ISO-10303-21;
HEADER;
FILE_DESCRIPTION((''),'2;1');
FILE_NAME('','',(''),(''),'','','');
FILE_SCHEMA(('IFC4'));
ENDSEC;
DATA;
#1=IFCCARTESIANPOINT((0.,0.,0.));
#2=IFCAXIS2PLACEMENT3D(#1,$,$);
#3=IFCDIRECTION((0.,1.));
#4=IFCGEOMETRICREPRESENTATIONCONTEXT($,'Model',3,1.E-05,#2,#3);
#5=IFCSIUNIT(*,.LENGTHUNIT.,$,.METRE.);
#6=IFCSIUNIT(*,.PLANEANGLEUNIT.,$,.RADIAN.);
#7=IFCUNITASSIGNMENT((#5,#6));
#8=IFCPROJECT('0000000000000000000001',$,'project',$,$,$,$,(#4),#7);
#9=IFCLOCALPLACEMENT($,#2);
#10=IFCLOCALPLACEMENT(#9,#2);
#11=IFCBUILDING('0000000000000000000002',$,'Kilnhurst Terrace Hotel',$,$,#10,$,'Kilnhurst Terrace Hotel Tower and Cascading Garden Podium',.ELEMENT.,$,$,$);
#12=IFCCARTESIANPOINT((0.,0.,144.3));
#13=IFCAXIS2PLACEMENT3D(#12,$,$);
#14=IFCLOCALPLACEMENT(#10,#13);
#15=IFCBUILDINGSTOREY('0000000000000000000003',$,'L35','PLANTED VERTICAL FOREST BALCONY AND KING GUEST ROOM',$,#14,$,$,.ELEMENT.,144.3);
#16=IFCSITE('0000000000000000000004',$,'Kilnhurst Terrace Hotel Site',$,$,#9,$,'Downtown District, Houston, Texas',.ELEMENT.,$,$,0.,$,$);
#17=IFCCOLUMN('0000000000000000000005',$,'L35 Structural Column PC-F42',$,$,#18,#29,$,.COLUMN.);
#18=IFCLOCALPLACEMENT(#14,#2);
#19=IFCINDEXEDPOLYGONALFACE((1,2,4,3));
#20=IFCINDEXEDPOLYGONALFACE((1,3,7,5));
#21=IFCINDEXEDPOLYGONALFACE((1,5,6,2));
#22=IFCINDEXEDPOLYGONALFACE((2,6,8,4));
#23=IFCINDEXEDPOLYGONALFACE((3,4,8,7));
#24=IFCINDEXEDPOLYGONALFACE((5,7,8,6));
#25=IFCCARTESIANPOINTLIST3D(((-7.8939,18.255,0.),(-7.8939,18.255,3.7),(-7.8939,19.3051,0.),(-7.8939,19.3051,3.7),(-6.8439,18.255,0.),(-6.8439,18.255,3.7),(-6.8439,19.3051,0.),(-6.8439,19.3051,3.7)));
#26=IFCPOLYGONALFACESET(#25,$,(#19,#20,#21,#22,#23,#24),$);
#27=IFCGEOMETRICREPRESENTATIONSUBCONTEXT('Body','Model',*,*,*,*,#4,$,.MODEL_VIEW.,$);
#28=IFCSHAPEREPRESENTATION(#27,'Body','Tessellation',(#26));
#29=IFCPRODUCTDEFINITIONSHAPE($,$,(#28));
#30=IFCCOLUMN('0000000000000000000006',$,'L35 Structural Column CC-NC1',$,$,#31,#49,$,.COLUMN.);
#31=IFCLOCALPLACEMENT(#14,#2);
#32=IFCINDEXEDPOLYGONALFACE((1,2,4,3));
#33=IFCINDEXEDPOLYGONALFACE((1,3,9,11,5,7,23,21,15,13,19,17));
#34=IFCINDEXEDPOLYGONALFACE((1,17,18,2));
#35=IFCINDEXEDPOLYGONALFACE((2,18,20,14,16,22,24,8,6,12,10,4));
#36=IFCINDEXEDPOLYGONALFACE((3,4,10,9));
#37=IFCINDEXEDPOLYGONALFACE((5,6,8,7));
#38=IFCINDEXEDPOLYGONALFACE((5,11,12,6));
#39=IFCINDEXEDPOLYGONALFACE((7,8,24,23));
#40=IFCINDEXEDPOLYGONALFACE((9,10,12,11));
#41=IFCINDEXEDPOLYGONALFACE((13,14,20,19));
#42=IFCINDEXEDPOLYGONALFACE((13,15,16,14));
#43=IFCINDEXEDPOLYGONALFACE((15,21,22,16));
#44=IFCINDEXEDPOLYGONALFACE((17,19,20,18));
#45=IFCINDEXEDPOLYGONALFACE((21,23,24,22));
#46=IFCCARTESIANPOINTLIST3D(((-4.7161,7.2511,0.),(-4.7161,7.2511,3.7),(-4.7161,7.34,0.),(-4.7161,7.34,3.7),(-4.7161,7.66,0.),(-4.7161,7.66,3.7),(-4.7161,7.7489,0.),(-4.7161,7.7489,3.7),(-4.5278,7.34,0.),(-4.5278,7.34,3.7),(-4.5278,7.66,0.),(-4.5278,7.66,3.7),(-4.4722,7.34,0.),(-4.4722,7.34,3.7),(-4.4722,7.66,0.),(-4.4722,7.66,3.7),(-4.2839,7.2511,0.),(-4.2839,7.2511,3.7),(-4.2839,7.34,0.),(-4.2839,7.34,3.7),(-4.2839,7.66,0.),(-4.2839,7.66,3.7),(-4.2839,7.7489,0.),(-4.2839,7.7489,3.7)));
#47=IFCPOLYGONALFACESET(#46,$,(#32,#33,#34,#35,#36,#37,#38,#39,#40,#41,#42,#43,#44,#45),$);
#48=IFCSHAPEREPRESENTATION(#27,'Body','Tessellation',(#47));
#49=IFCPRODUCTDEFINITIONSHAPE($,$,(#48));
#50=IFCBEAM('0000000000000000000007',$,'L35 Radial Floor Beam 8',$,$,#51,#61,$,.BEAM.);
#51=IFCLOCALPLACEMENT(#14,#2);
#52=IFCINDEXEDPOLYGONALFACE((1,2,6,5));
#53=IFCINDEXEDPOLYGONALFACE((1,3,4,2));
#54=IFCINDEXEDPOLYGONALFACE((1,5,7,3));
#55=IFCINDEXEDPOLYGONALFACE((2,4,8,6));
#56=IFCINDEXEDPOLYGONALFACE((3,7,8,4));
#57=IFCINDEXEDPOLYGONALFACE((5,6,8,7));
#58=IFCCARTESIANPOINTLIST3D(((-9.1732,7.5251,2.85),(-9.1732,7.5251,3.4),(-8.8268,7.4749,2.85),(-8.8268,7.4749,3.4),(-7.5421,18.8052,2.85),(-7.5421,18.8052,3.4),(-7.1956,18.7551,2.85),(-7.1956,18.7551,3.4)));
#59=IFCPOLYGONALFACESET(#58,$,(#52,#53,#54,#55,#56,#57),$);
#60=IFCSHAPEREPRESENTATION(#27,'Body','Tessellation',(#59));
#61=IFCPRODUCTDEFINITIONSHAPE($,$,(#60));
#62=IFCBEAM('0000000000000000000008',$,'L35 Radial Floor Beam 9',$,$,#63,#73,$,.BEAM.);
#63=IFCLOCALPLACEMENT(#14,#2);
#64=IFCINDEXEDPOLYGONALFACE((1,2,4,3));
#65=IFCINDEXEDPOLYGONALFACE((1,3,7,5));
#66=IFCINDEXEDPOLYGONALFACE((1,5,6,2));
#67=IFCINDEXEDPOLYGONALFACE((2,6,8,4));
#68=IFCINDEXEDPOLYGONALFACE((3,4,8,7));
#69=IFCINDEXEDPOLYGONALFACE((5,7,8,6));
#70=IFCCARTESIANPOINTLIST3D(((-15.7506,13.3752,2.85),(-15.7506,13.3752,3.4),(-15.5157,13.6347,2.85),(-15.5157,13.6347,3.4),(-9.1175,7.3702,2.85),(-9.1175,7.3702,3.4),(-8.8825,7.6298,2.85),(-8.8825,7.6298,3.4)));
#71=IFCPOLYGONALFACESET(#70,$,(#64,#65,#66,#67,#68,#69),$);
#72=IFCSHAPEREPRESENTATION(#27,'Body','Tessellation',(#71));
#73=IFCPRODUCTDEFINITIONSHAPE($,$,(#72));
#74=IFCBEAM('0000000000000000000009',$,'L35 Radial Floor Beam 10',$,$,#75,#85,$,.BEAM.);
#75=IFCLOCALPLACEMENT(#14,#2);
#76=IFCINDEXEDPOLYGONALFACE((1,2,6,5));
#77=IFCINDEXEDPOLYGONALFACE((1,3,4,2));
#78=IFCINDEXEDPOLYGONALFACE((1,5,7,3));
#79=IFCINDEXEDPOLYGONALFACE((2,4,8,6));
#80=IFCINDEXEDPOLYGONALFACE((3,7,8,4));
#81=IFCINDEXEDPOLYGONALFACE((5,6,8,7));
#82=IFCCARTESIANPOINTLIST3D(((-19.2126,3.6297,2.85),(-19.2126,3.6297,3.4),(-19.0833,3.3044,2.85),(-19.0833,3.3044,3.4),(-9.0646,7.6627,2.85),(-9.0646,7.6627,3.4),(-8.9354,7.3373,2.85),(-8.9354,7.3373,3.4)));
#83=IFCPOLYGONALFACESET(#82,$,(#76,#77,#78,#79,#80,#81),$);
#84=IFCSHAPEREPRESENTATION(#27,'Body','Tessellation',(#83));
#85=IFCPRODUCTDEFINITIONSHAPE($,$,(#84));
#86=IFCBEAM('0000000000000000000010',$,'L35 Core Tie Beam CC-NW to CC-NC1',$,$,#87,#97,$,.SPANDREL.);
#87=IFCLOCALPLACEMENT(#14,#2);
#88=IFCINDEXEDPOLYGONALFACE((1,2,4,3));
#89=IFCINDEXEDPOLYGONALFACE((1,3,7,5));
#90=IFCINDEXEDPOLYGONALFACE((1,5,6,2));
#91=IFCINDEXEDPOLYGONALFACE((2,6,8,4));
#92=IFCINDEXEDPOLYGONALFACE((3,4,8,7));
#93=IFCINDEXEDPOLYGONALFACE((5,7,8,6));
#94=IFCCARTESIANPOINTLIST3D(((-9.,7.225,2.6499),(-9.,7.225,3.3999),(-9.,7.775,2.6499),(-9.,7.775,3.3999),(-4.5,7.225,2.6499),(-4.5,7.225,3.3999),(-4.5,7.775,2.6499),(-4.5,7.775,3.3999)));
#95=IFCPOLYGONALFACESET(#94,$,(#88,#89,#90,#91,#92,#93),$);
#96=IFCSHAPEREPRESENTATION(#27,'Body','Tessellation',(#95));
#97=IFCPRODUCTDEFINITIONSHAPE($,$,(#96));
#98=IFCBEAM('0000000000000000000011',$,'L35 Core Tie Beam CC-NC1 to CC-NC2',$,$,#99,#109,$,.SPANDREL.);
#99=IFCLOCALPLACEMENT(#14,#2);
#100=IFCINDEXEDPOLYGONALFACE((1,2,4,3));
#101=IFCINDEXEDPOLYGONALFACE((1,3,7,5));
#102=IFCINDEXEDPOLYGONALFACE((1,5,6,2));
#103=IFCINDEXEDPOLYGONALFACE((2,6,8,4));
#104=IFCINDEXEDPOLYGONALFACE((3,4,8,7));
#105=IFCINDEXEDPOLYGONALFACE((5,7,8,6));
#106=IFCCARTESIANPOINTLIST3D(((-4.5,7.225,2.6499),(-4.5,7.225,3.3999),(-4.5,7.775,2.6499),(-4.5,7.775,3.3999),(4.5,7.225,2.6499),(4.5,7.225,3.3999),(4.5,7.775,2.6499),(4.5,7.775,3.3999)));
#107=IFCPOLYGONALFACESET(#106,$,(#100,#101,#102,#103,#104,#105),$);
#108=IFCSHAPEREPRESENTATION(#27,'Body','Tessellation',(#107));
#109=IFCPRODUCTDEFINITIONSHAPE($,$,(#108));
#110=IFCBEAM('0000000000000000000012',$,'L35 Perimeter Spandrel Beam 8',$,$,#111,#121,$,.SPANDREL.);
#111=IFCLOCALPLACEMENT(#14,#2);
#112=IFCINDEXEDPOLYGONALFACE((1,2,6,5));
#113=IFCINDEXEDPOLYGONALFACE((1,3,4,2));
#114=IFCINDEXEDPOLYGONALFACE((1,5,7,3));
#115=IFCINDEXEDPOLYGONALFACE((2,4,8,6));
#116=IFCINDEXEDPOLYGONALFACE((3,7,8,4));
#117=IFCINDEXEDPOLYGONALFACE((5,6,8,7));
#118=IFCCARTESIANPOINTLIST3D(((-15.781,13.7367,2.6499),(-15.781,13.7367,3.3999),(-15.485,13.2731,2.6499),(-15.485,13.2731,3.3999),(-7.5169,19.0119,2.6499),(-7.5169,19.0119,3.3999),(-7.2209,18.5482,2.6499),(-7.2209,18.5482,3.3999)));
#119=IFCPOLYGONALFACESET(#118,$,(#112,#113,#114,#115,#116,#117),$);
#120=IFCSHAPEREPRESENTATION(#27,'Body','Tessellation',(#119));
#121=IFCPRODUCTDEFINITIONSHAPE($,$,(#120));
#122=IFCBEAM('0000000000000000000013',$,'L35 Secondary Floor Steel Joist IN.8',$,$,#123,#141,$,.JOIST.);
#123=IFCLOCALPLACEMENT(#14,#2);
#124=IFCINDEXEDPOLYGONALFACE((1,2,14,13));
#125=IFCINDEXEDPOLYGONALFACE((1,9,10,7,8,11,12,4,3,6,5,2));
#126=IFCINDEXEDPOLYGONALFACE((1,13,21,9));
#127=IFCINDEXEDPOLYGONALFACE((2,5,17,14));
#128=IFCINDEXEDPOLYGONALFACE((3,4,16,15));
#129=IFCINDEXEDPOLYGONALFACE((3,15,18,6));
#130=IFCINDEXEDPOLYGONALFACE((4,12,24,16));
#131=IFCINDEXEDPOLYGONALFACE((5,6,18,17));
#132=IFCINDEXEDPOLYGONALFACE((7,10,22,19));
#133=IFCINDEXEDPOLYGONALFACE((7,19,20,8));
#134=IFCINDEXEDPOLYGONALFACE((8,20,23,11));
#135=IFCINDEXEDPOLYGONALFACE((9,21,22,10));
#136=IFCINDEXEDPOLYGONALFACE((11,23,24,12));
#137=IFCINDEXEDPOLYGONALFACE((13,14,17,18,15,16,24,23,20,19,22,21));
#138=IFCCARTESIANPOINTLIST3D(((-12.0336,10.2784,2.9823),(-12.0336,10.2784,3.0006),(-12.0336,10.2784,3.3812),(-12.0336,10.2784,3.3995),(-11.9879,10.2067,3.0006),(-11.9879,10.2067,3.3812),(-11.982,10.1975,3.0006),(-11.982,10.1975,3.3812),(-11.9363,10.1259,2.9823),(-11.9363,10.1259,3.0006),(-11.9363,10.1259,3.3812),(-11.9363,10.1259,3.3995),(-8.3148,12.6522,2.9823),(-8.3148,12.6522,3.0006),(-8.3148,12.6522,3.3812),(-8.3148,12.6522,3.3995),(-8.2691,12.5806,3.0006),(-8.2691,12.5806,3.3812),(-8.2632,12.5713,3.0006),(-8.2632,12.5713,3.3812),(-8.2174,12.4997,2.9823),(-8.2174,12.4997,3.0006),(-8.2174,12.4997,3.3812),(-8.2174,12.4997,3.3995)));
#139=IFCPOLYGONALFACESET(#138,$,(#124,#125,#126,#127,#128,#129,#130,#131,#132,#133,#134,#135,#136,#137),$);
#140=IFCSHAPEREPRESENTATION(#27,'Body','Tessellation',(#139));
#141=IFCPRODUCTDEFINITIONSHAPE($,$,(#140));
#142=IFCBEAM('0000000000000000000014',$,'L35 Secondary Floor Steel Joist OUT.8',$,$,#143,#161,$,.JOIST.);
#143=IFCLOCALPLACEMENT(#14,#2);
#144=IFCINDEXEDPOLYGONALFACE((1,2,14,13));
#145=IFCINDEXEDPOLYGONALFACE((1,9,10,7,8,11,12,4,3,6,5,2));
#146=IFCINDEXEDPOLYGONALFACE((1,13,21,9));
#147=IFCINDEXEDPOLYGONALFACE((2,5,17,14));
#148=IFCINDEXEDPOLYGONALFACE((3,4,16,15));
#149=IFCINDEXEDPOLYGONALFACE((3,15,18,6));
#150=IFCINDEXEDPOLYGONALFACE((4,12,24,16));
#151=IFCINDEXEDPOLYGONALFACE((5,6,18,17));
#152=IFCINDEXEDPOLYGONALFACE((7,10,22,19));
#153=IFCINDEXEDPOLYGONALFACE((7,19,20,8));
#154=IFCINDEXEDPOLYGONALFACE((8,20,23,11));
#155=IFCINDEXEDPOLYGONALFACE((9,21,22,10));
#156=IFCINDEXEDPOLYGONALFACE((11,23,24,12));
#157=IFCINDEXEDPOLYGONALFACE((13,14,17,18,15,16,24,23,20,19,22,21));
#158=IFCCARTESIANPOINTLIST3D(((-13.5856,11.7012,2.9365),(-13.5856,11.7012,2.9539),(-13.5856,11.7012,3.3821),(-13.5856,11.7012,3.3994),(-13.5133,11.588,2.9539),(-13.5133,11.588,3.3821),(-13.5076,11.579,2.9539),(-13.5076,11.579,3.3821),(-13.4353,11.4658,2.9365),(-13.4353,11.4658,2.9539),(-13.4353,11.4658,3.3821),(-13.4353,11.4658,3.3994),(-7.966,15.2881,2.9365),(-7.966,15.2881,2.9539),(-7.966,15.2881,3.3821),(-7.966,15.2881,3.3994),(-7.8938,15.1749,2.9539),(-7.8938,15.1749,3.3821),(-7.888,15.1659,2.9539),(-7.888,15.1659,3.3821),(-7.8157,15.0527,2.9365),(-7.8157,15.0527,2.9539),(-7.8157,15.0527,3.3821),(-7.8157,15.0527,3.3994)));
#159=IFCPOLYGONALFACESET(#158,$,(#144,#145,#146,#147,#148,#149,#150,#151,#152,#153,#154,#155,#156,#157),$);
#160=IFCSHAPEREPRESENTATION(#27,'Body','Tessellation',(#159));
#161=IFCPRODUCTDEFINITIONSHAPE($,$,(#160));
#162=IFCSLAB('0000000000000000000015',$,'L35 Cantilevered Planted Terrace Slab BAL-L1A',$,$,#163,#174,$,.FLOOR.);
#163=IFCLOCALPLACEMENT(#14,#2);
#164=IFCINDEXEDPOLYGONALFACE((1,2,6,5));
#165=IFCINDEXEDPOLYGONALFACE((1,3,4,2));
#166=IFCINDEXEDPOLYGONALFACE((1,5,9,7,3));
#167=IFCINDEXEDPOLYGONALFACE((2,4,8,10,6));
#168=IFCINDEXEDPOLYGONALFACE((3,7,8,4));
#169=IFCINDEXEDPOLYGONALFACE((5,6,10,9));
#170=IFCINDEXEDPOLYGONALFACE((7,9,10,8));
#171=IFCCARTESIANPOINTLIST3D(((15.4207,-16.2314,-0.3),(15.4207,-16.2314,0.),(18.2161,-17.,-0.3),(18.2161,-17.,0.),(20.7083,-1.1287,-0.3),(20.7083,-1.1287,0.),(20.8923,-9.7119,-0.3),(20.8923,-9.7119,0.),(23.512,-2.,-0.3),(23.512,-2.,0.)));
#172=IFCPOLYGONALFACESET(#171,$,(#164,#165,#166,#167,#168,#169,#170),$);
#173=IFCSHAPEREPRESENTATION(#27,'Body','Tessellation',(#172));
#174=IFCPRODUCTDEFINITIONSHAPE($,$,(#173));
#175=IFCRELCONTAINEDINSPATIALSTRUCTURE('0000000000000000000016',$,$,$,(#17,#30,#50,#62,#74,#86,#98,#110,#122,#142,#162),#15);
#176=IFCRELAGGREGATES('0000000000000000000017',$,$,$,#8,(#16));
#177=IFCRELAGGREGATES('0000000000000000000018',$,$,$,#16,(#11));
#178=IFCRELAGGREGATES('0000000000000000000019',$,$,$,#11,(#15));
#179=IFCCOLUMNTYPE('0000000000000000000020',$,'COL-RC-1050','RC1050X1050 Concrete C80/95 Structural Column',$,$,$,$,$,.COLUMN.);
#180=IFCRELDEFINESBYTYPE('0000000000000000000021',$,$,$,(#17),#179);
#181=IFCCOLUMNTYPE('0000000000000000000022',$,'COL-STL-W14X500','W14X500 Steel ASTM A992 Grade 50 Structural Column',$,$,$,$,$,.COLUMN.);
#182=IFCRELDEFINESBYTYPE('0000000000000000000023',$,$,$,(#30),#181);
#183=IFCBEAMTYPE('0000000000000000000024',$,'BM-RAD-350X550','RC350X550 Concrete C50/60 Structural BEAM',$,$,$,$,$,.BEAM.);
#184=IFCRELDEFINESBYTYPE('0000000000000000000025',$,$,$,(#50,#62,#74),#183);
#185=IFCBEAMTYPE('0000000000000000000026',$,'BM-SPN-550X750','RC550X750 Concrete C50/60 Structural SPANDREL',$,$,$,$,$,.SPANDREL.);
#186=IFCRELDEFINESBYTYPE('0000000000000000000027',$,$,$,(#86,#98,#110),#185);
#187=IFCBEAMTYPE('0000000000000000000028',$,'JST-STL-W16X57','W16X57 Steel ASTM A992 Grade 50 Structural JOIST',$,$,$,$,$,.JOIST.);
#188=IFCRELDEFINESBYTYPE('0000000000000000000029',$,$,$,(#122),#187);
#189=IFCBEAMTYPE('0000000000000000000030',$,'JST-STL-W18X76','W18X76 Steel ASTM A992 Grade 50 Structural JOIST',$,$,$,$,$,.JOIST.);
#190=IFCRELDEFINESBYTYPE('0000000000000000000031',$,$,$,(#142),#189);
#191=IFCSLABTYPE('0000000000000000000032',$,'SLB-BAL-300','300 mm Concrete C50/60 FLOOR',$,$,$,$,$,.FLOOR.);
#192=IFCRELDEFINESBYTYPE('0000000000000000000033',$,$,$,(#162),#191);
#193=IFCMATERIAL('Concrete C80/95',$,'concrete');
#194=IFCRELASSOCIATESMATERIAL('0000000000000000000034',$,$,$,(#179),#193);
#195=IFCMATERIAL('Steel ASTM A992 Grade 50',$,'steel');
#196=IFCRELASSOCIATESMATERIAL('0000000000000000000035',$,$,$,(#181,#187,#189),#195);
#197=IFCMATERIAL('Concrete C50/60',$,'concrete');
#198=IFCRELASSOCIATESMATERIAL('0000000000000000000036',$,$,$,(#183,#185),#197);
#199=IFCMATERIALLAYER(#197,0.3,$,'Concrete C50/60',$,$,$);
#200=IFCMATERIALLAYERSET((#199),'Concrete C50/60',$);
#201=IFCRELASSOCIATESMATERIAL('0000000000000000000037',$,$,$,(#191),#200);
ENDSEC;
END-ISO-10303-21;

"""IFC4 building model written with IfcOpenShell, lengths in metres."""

from ifc_helpers import new_model, si_unit, direction, frame, origin, origin_2d, place, context, subcontext, project, spatial, polyline, rectangle, i_section, outline, extrude, material, layer, layer_set, material_profile, profile_set, type_object, element, save


model = new_model("IFC4")

# Units and contexts
model_context = context("Model", 3, precision=1e-05, world=origin(), true_north=direction((0.0, 1.0)))
body_context = subcontext(model_context, "Body", "Model", "MODEL_VIEW")
ifc_project = project(units=[si_unit("LENGTHUNIT", "METRE"), si_unit("PLANEANGLEUNIT", "RADIAN")], contexts=[model_context])

# Site, building, storey
site_placement = place(None, origin())
site = spatial("IfcSite", under=ifc_project, at=site_placement, Name="Kilnhurst Terrace Hotel Site", LongName="Downtown District, Houston, Texas", CompositionType="ELEMENT", RefElevation=0.0)
building_placement = place(site_placement, origin())
building = spatial("IfcBuilding", under=site, at=building_placement, Name="Kilnhurst Terrace Hotel", LongName="Kilnhurst Terrace Hotel Tower and Cascading Garden Podium", CompositionType="ELEMENT")
storey_placement = place(building_placement, frame((0.0, 0.0, 144.3)))
storey = spatial("IfcBuildingStorey", under=building, at=storey_placement, Name="L35", Description="PLANTED VERTICAL FOREST BALCONY AND KING GUEST ROOM", CompositionType="ELEMENT", Elevation=144.3)

# Columns
ifc_material_1 = material(Name="Concrete C80/95", Category="concrete")
ifc_material_profile_1 = material_profile(ifc_material_1, rectangle(XDim=1.05, YDim=1.05, at=origin_2d()), Name="RC1050X1050")
ifc_profile_set_1 = profile_set([ifc_material_profile_1], Name="Concrete C80/95")
column_type_1 = type_object("IfcColumnType", Name="COL-RC-1050", Description="RC1050X1050 Concrete C80/95 Structural Column", PredefinedType="COLUMN", material=ifc_profile_set_1)
column_1_placement = place(storey_placement, frame((-7.3689, 18.78, 0.0), z_axis=(0.0, 0.0, 1.0), x_axis=(1.0, 0.0, 0.0)))
element("IfcColumn", 1, at=column_1_placement, inside=storey, type_object=column_type_1, Name="L35 Structural Column PC-F42", PredefinedType="COLUMN", context=body_context, shape_type="SweptSolid", body=[
    extrude(rectangle(XDim=1.05, YDim=1.05, at=origin_2d()), origin(), (0.0, 0.0, 1.0), 3.7),
])
ifc_material_2 = material(Name="Steel ASTM A992 Grade 50", Category="steel")
ifc_material_profile_2 = material_profile(ifc_material_2, i_section(OverallWidth=0.4321, OverallDepth=0.4978, WebThickness=0.0557, FlangeThickness=0.0889, at=origin_2d()), Name="W14X500")
ifc_profile_set_2 = profile_set([ifc_material_profile_2], Name="Steel ASTM A992 Grade 50")
column_type_2 = type_object("IfcColumnType", Name="COL-STL-W14X500", Description="W14X500 Steel ASTM A992 Grade 50 Structural Column", PredefinedType="COLUMN", material=ifc_profile_set_2)
column_2_placement = place(storey_placement, frame((-4.5, 7.5, 0.0), z_axis=(0.0, 0.0, 1.0), x_axis=(1.0, 0.0, 0.0)))
element("IfcColumn", 2, at=column_2_placement, inside=storey, type_object=column_type_2, Name="L35 Structural Column CC-NC1", PredefinedType="COLUMN", context=body_context, shape_type="SweptSolid", body=[
    extrude(i_section(OverallWidth=0.4321, OverallDepth=0.4978, WebThickness=0.0557, FlangeThickness=0.0889, at=origin_2d()), origin(), (0.0, 0.0, 1.0), 3.7),
])

# Beams
ifc_material_3 = material(Name="Concrete C50/60", Category="concrete")
ifc_material_profile_3 = material_profile(ifc_material_3, rectangle(XDim=0.3501, YDim=0.55, at=origin_2d()), Name="RC350X550")
ifc_profile_set_3 = profile_set([ifc_material_profile_3], Name="Concrete C50/60")
beam_type_1 = type_object("IfcBeamType", Name="BM-RAD-350X550", Description="RC350X550 Concrete C50/60 Structural BEAM", PredefinedType="BEAM", material=ifc_profile_set_3)
beam_1_placement = place(storey_placement, frame((-9.0, 7.5, 3.125), z_axis=(0.143113, 0.989706, 0.0), x_axis=(-0.989706, 0.143113, 0.0)))
element("IfcBeam", 3, at=beam_1_placement, inside=storey, type_object=beam_type_1, Name="L35 Radial Floor Beam 8", PredefinedType="BEAM", context=body_context, shape_type="SweptSolid", body=[
    extrude(rectangle(XDim=0.3501, YDim=0.55, at=origin_2d()), origin(), (0.0, 0.0, 1.0), 11.3975),
])
beam_2_placement = place(storey_placement, frame((-9.0, 7.5, 3.125), z_axis=(-0.741339, 0.671131, 0.0), x_axis=(-0.671131, -0.741339, 0.0)))
element("IfcBeam", 4, at=beam_2_placement, inside=storey, type_object=beam_type_1, Name="L35 Radial Floor Beam 9", PredefinedType="BEAM", context=body_context, shape_type="SweptSolid", body=[
    extrude(rectangle(XDim=0.3501, YDim=0.55, at=origin_2d()), origin(), (0.0, 0.0, 1.0), 8.9475),
])
beam_3_placement = place(storey_placement, frame((-9.0, 7.5, 3.125), z_axis=(-0.929302, -0.36932, 0.0), x_axis=(0.36932, -0.929302, 0.0)))
element("IfcBeam", 5, at=beam_3_placement, inside=storey, type_object=beam_type_1, Name="L35 Radial Floor Beam 10", PredefinedType="BEAM", context=body_context, shape_type="SweptSolid", body=[
    extrude(rectangle(XDim=0.3501, YDim=0.55, at=origin_2d()), origin(), (0.0, 0.0, 1.0), 10.9199),
])
ifc_material_profile_4 = material_profile(ifc_material_3, rectangle(XDim=0.55, YDim=0.75, at=origin_2d()), Name="RC550X750")
ifc_profile_set_4 = profile_set([ifc_material_profile_4], Name="Concrete C50/60")
beam_type_2 = type_object("IfcBeamType", Name="BM-SPN-550X750", Description="RC550X750 Concrete C50/60 Structural SPANDREL", PredefinedType="SPANDREL", material=ifc_profile_set_4)
beam_4_placement = place(storey_placement, frame((-9.0, 7.5, 3.0249), z_axis=(1.0, 0.0, 0.0), x_axis=(0.0, 1.0, 0.0)))
element("IfcBeam", 6, at=beam_4_placement, inside=storey, type_object=beam_type_2, Name="L35 Core Tie Beam CC-NW to CC-NC1", PredefinedType="SPANDREL", context=body_context, shape_type="SweptSolid", body=[
    extrude(rectangle(XDim=0.55, YDim=0.75, at=origin_2d()), origin(), (0.0, 0.0, 1.0), 4.5),
])
beam_5_placement = place(storey_placement, frame((-4.5, 7.5, 3.0249), z_axis=(1.0, 0.0, 0.0), x_axis=(0.0, 1.0, 0.0)))
element("IfcBeam", 7, at=beam_5_placement, inside=storey, type_object=beam_type_2, Name="L35 Core Tie Beam CC-NC1 to CC-NC2", PredefinedType="SPANDREL", context=body_context, shape_type="SweptSolid", body=[
    extrude(rectangle(XDim=0.55, YDim=0.75, at=origin_2d()), origin(), (0.0, 0.0, 1.0), 9.0),
])
beam_6_placement = place(storey_placement, frame((-7.3689, 18.78, 3.0249), z_axis=(-0.842915, -0.538046, 0.0), x_axis=(0.538046, -0.842915, 0.0)))
element("IfcBeam", 8, at=beam_6_placement, inside=storey, type_object=beam_type_2, Name="L35 Perimeter Spandrel Beam 8", PredefinedType="SPANDREL", context=body_context, shape_type="SweptSolid", body=[
    extrude(rectangle(XDim=0.55, YDim=0.75, at=origin_2d()), origin(), (0.0, 0.0, 1.0), 9.8042),
])
ifc_material_profile_5 = material_profile(ifc_material_2, i_section(OverallWidth=0.1809, OverallDepth=0.4172, WebThickness=0.011, FlangeThickness=0.0183, at=origin_2d()), Name="W16X57")
ifc_profile_set_5 = profile_set([ifc_material_profile_5], Name="Steel ASTM A992 Grade 50")
beam_type_3 = type_object("IfcBeamType", Name="JST-STL-W16X57", Description="W16X57 Steel ASTM A992 Grade 50 Structural JOIST", PredefinedType="JOIST", material=ifc_profile_set_5)
beam_7_placement = place(storey_placement, frame((-8.2661, 12.5759, 3.1909), z_axis=(-0.842911, -0.538053, 0.0), x_axis=(0.538053, -0.842911, 0.0)))
element("IfcBeam", 9, at=beam_7_placement, inside=storey, type_object=beam_type_3, Name="L35 Secondary Floor Steel Joist IN.8", PredefinedType="JOIST", context=body_context, shape_type="SweptSolid", body=[
    extrude(i_section(OverallWidth=0.1809, OverallDepth=0.4172, WebThickness=0.011, FlangeThickness=0.0183, at=origin_2d()), origin(), (0.0, 0.0, 1.0), 4.4119),
])
ifc_material_profile_6 = material_profile(ifc_material_2, i_section(OverallWidth=0.2793, OverallDepth=0.4629, WebThickness=0.0107, FlangeThickness=0.0173, at=origin_2d()), Name="W18X76")
ifc_profile_set_6 = profile_set([ifc_material_profile_6], Name="Steel ASTM A992 Grade 50")
beam_type_4 = type_object("IfcBeamType", Name="JST-STL-W18X76", Description="W18X76 Steel ASTM A992 Grade 50 Structural JOIST", PredefinedType="JOIST", material=ifc_profile_set_6)
beam_8_placement = place(storey_placement, frame((-7.8909, 15.1704, 3.168), z_axis=(-0.842928, -0.538027, 0.0), x_axis=(0.538027, -0.842928, 0.0)))
element("IfcBeam", 10, at=beam_8_placement, inside=storey, type_object=beam_type_4, Name="L35 Secondary Floor Steel Joist OUT.8", PredefinedType="JOIST", context=body_context, shape_type="SweptSolid", body=[
    extrude(i_section(OverallWidth=0.2793, OverallDepth=0.4629, WebThickness=0.0107, FlangeThickness=0.0173, at=origin_2d()), origin(), (0.0, 0.0, 1.0), 6.6667),
])

# Slab
ifc_layer_1 = layer(ifc_material_3, 0.3, Name="Concrete C50/60")
ifc_layer_set_1 = layer_set([ifc_layer_1], Name="Concrete C50/60")
slab_type_1 = type_object("IfcSlabType", Name="SLB-BAL-300", Description="300 mm Concrete C50/60 FLOOR", PredefinedType="FLOOR", material=ifc_layer_set_1)
slab_1_placement = place(storey_placement, frame((0.0, 0.0, -0.3)))
element("IfcSlab", 11, at=slab_1_placement, inside=storey, type_object=slab_type_1, Name="L35 Cantilevered Planted Terrace Slab BAL-L1A", PredefinedType="FLOOR", context=body_context, shape_type="SweptSolid", body=[
    extrude(outline(polyline([(20.8923, -9.7119), (18.2161, -17.0), (15.4207, -16.2314), (20.7083, -1.1287), (23.512, -2.0), (20.8923, -9.7119)])), origin(), (0.0, 0.0, 1.0), 0.3),
])

save(model, "model.ifc")
